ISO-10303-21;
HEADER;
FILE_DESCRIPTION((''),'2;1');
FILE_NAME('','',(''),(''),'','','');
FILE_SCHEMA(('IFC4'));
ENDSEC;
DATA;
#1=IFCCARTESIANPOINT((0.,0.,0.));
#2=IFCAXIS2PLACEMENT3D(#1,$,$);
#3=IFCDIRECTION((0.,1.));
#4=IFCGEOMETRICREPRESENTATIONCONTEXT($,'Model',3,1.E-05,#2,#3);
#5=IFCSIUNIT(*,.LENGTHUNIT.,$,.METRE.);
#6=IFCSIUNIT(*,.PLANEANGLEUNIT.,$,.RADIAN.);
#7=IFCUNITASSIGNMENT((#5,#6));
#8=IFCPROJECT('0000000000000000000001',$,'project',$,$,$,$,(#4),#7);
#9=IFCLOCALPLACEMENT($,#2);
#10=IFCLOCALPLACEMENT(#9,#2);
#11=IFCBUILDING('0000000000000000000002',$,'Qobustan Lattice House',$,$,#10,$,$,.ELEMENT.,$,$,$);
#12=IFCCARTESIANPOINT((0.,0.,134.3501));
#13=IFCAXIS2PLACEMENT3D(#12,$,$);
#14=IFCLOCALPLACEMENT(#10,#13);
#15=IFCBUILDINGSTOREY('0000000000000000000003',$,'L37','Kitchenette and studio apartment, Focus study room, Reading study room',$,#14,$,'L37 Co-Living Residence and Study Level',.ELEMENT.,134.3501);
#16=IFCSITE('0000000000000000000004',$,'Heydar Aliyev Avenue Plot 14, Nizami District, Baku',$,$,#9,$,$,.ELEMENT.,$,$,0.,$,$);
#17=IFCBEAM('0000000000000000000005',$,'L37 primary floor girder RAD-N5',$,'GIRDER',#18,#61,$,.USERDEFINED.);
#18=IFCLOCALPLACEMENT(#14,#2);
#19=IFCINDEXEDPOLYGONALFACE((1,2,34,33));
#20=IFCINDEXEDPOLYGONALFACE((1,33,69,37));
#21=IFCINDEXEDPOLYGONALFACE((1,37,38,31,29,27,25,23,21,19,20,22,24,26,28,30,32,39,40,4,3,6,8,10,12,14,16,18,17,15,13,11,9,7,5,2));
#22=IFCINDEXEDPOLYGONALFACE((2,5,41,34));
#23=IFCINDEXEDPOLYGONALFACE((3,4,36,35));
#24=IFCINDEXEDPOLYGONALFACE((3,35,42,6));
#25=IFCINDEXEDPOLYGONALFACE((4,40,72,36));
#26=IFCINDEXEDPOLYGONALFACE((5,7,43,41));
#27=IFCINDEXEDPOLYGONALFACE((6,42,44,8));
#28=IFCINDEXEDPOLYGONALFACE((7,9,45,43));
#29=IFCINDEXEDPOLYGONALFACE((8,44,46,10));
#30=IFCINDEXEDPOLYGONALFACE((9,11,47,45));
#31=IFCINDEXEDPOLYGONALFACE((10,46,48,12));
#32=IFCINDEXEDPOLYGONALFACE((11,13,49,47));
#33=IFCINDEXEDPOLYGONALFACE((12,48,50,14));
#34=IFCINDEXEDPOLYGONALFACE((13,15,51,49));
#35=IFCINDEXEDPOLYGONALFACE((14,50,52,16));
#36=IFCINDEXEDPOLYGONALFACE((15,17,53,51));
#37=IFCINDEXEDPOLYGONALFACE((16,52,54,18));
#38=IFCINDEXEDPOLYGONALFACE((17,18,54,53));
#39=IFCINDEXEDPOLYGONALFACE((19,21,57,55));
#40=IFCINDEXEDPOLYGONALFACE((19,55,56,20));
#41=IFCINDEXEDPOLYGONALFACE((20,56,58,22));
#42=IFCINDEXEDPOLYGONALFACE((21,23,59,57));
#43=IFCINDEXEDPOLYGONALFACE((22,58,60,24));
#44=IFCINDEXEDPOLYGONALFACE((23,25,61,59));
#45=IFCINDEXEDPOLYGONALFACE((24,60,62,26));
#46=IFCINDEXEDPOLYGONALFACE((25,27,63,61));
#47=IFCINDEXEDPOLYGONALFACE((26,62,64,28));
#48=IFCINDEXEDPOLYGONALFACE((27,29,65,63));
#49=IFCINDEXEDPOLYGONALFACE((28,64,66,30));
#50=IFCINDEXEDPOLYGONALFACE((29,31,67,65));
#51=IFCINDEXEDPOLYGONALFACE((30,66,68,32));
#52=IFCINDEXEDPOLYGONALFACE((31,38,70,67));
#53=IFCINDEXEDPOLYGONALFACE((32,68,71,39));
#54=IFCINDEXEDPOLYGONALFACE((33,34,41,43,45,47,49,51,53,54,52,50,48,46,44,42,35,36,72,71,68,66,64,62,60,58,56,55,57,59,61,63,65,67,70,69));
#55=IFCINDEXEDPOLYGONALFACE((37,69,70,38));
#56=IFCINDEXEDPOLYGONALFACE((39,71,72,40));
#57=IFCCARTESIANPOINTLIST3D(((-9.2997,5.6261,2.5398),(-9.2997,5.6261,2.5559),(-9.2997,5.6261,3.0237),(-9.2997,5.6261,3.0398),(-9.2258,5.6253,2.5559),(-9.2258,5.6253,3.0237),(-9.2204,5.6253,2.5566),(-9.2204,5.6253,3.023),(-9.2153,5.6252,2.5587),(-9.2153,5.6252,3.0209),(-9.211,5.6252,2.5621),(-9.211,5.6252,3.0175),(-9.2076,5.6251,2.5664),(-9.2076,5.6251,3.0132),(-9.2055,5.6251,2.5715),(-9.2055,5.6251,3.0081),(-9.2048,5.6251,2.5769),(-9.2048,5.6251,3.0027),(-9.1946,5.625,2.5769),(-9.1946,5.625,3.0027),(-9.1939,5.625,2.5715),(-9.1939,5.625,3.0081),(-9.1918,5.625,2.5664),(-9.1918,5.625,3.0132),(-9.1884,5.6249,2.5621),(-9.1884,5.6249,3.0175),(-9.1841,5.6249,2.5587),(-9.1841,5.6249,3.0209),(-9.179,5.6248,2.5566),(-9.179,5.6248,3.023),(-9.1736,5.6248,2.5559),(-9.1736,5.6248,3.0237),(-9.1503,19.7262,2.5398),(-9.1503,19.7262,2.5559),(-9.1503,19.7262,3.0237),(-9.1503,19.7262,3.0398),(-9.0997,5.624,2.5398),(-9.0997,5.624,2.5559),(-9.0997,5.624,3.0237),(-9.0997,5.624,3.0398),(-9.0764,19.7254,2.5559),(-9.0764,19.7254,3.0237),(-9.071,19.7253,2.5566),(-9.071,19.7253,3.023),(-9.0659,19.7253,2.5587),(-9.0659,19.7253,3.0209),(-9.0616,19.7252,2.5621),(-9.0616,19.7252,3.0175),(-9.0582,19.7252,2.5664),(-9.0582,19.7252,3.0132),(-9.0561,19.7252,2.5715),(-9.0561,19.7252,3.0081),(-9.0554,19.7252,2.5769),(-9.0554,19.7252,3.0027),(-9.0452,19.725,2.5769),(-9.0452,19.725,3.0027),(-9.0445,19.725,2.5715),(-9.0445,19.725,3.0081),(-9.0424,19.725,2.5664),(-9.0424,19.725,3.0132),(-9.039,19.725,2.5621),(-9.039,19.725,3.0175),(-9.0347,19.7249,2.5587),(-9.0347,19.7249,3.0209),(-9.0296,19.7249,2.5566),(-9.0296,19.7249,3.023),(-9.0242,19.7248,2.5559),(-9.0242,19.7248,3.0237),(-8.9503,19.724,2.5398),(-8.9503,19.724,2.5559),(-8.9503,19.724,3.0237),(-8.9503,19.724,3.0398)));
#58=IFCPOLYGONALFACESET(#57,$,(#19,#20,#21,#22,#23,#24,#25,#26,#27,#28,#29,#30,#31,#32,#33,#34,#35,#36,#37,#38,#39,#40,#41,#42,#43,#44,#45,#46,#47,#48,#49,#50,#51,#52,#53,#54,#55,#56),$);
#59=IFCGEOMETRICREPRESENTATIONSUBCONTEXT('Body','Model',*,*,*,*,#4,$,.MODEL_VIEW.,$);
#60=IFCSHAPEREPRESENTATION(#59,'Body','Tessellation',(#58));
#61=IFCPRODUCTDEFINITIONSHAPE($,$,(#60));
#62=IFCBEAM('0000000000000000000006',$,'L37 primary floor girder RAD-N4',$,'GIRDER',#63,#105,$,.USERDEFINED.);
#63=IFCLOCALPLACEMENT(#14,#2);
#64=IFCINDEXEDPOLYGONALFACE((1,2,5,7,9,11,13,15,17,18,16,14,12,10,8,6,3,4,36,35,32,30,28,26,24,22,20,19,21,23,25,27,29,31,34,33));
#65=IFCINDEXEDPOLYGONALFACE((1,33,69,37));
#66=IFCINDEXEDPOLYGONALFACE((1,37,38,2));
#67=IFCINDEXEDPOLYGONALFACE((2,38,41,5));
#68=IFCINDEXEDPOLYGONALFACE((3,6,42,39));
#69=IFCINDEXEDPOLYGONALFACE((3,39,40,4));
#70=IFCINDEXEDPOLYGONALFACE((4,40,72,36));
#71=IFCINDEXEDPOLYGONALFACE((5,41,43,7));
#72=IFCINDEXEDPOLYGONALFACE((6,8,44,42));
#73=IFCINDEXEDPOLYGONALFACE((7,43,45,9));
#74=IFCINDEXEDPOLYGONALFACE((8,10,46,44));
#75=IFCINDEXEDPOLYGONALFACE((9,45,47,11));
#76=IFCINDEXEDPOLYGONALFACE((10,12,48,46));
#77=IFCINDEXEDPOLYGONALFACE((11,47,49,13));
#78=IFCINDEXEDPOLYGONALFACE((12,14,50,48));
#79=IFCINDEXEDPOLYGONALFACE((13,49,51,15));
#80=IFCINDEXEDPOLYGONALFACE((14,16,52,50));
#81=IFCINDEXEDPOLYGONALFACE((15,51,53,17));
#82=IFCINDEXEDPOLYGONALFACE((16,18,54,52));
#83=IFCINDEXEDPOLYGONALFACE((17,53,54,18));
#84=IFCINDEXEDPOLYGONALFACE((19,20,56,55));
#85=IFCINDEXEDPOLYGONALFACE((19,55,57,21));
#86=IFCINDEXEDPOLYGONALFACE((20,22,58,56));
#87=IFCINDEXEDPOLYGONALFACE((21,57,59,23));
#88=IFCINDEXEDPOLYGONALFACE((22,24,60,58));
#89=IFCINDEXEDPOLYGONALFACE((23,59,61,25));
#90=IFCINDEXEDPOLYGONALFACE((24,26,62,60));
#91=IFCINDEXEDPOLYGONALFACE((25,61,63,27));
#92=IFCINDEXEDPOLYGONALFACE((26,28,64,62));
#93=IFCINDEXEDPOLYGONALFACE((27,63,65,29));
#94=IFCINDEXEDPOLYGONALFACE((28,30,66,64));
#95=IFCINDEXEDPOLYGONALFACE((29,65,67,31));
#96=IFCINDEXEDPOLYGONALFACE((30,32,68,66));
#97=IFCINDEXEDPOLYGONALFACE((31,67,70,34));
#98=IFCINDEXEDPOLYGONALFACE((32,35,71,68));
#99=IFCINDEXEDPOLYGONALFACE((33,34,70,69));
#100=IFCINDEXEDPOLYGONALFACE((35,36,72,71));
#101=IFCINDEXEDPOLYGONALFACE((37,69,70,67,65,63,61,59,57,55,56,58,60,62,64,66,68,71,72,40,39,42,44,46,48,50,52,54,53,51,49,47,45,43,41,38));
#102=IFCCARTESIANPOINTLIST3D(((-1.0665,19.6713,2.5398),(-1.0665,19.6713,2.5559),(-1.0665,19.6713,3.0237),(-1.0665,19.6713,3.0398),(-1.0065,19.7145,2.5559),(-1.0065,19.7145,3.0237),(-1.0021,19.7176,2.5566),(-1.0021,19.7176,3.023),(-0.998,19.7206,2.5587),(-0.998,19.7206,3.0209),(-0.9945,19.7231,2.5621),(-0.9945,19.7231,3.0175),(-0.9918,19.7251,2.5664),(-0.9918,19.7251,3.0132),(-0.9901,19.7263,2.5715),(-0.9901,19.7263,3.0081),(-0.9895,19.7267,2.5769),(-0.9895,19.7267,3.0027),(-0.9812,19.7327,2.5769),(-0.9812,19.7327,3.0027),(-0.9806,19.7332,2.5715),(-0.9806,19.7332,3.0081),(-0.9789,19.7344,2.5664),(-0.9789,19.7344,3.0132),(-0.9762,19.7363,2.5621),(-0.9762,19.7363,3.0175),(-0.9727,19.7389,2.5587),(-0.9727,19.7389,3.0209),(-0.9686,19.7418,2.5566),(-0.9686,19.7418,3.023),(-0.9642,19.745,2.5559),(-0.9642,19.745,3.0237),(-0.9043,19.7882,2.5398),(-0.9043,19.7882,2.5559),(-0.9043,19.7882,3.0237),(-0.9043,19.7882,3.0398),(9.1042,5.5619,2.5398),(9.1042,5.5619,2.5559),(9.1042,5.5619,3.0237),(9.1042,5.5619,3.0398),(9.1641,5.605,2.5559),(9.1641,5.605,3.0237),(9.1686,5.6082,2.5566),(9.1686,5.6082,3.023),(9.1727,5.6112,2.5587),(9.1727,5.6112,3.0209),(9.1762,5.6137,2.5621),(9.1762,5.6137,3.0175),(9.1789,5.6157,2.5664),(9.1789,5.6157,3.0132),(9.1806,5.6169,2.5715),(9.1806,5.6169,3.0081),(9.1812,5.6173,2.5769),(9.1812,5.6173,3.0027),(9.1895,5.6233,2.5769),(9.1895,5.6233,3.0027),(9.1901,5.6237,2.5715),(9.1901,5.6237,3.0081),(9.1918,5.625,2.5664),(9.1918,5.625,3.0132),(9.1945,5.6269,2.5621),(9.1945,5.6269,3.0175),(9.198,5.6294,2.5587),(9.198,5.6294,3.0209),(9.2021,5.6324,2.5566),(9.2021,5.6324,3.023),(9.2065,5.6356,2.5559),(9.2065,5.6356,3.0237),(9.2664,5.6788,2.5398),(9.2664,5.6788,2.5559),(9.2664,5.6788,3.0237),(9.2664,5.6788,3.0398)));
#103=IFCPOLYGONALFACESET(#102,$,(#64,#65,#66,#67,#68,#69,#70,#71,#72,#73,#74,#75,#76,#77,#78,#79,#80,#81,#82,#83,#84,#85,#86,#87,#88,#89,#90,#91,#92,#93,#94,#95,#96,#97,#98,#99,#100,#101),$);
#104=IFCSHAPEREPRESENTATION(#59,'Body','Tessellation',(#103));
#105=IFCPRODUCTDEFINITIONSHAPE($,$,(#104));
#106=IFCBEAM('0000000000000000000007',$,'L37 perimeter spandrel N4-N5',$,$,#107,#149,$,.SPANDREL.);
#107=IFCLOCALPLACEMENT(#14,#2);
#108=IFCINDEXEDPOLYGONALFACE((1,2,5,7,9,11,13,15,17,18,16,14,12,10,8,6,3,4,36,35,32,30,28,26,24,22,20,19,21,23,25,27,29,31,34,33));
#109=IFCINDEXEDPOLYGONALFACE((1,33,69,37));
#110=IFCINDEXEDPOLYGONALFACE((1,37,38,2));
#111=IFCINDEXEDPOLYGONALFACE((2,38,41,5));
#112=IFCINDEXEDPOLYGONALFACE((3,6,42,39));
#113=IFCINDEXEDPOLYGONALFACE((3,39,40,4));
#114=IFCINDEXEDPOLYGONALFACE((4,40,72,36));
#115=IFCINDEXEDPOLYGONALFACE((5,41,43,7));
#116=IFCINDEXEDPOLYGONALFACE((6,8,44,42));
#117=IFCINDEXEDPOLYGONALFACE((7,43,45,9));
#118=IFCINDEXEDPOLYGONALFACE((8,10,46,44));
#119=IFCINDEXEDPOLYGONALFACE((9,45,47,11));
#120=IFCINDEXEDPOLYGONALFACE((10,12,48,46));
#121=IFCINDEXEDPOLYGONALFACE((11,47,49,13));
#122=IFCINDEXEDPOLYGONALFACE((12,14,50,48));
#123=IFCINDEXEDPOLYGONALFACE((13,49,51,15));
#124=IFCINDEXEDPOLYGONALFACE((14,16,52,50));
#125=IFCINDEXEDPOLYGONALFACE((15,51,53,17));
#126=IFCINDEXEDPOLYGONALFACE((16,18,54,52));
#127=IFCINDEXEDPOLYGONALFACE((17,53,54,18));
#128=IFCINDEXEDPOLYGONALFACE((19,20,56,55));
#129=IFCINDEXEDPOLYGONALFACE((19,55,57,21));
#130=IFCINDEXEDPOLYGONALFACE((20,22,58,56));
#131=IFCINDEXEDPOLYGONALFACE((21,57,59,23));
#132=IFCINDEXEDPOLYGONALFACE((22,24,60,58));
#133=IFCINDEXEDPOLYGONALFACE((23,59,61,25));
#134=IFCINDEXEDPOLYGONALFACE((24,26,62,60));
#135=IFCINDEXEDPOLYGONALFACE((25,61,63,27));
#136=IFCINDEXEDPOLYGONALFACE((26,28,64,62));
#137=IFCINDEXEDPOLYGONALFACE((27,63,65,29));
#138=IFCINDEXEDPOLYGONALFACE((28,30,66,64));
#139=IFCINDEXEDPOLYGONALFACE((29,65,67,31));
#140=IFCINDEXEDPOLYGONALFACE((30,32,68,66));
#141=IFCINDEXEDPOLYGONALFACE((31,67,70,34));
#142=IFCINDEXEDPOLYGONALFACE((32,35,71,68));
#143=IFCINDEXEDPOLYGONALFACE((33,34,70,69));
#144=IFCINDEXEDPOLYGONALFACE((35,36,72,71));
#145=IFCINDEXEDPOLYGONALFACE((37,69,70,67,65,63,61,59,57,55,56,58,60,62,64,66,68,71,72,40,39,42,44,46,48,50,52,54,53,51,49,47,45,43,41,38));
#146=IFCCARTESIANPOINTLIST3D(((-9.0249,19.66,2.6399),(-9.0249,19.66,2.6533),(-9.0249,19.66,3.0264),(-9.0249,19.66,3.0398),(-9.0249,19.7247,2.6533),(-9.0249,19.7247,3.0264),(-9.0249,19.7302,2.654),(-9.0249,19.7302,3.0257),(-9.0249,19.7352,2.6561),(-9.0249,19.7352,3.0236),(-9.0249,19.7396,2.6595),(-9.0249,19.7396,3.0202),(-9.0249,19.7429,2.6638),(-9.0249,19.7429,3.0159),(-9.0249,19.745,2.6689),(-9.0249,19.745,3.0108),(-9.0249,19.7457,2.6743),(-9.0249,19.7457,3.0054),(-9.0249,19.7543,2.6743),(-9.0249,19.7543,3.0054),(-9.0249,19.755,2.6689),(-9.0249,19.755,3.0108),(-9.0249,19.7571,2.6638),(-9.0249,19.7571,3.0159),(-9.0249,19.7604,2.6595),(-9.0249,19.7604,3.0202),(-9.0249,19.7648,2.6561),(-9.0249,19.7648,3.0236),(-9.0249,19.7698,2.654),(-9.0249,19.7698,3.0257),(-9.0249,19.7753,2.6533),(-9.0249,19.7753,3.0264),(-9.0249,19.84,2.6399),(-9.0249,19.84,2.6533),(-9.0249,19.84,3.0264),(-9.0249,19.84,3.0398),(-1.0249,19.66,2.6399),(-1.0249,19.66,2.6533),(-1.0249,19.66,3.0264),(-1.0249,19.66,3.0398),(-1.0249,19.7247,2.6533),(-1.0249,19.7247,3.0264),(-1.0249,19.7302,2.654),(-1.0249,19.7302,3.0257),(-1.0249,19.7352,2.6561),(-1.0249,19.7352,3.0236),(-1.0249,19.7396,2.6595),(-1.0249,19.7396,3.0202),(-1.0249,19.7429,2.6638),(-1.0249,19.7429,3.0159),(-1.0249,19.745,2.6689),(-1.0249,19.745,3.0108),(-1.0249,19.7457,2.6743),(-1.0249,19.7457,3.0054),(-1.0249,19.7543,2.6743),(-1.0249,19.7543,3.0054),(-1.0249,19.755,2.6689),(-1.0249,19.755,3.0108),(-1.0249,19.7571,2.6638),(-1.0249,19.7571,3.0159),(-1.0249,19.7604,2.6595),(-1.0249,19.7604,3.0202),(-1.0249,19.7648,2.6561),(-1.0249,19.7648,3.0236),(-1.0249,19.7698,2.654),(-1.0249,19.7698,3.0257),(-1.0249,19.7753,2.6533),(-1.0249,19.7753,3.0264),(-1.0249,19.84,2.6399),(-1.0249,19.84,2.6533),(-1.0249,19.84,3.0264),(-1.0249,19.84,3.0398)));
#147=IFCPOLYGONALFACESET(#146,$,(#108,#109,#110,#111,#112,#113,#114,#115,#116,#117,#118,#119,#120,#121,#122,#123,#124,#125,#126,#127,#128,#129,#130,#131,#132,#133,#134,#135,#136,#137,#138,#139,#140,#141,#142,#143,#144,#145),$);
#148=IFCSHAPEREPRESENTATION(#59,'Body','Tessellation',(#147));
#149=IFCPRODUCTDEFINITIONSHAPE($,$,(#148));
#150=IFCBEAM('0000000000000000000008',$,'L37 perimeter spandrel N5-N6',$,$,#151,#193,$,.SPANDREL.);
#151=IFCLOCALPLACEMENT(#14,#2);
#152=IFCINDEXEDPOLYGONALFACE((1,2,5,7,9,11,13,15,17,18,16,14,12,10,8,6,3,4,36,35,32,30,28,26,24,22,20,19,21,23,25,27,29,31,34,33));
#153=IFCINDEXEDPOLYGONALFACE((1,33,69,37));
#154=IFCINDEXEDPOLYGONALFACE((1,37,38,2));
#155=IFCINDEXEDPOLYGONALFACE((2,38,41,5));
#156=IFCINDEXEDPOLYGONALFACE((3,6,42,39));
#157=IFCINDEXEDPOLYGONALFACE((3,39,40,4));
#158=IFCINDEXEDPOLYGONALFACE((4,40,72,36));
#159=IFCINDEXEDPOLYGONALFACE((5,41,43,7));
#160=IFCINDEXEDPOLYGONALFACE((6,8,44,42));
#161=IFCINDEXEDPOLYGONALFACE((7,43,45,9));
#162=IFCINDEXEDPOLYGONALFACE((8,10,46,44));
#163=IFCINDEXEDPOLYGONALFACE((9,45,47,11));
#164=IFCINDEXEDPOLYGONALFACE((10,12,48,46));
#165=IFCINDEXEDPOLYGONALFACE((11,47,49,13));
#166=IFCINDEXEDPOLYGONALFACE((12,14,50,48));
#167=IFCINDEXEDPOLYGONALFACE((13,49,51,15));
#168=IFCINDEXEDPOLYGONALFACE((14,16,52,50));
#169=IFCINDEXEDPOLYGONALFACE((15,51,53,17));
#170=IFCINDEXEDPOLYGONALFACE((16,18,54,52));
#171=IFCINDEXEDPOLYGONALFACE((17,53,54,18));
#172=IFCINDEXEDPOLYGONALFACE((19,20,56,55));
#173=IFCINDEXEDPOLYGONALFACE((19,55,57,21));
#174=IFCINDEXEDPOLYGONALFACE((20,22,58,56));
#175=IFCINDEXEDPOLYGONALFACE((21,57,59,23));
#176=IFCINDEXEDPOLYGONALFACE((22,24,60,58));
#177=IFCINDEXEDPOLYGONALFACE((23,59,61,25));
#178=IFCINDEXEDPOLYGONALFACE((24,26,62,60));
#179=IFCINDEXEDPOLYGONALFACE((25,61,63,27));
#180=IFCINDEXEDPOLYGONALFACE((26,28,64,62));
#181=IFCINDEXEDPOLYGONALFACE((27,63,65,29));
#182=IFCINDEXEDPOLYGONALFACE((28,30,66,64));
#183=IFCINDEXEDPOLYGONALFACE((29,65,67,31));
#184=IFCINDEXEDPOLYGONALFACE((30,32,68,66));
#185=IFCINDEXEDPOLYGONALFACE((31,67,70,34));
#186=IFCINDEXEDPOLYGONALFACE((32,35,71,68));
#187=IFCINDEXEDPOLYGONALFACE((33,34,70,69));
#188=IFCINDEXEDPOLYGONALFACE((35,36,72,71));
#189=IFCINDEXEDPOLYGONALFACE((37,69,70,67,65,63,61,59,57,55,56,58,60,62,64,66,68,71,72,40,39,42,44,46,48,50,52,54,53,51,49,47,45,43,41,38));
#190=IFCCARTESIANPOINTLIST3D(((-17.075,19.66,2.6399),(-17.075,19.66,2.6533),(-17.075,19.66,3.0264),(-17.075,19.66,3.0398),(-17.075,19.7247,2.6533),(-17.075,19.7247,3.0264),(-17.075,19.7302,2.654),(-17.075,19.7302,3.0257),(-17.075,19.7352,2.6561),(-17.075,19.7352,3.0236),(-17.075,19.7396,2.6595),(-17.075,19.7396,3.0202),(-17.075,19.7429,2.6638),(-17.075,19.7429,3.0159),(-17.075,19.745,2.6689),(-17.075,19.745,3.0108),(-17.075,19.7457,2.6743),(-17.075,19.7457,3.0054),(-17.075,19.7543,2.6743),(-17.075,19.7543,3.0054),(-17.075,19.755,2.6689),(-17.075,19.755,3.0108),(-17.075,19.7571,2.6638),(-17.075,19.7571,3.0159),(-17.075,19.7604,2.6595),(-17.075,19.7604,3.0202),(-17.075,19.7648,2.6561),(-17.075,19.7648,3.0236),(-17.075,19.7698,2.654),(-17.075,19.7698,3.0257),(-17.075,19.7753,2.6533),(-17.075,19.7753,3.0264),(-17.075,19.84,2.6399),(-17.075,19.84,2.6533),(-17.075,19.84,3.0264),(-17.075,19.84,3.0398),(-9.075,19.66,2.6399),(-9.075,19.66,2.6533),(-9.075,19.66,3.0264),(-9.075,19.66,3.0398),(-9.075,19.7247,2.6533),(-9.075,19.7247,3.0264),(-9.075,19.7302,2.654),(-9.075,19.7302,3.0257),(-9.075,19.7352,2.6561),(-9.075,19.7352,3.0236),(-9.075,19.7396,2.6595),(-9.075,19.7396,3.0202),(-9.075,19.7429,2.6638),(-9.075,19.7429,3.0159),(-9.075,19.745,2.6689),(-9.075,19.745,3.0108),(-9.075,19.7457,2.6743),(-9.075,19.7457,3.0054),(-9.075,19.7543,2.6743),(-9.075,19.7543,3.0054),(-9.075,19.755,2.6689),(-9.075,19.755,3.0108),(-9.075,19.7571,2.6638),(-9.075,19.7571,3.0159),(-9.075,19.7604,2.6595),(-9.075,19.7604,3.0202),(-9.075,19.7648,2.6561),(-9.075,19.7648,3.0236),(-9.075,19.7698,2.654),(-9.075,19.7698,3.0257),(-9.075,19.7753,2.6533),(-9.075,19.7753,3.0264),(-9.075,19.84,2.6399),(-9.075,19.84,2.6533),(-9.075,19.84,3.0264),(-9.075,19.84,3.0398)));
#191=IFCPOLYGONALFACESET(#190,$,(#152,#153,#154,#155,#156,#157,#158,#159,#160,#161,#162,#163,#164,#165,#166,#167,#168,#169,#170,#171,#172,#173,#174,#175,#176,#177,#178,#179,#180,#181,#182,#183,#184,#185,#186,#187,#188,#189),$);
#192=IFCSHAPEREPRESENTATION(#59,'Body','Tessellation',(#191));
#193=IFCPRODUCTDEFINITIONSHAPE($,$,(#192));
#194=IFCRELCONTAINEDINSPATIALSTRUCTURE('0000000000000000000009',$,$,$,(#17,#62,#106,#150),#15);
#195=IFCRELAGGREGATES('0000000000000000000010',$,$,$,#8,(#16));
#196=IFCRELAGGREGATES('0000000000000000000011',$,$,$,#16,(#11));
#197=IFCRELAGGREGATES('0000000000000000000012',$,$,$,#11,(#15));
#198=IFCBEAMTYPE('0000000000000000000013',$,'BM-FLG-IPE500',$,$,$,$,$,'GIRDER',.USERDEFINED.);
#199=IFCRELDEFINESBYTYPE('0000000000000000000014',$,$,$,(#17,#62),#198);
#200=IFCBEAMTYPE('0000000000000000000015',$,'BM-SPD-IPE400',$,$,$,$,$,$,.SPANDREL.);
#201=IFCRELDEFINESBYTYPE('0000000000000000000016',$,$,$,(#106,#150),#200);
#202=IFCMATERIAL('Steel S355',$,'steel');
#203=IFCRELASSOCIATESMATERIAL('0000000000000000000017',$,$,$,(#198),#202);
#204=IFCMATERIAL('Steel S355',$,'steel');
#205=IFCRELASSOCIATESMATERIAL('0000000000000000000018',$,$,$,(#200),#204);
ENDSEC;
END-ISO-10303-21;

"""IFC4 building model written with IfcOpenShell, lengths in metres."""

from ifc_helpers import new_model, si_unit, direction, frame, origin, origin_2d, place, context, subcontext, project, spatial, i_section, extrude, material, material_profile, profile_set, type_object, element, save


model = new_model("IFC4")

# Units and contexts
model_context = context("Model", 3, precision=1e-05, world=origin(), true_north=direction((0.0, 1.0)))
body_context = subcontext(model_context, "Body", "Model", "MODEL_VIEW")
ifc_project = project(units=[si_unit("LENGTHUNIT", "METRE"), si_unit("PLANEANGLEUNIT", "RADIAN")], contexts=[model_context])

# Site, building, storey
site_placement = place(None, origin())
site = spatial("IfcSite", under=ifc_project, at=site_placement, Name="Heydar Aliyev Avenue Plot 14, Nizami District, Baku", CompositionType="ELEMENT", RefElevation=0.0)
building_placement = place(site_placement, origin())
building = spatial("IfcBuilding", under=site, at=building_placement, Name="Qobustan Lattice House", CompositionType="ELEMENT")
storey_placement = place(building_placement, frame((0.0, 0.0, 134.3501)))
storey = spatial("IfcBuildingStorey", under=building, at=storey_placement, Name="L37", Description="Kitchenette and studio apartment, Focus study room, Reading study room", LongName="L37 Co-Living Residence and Study Level", CompositionType="ELEMENT", Elevation=134.3501)

# Beams
ifc_material_1 = material(Name="Steel S355", Category="steel")
ifc_material_profile_1 = material_profile(ifc_material_1, i_section(OverallWidth=0.2, OverallDepth=0.5, WebThickness=0.0103, FlangeThickness=0.0161, FilletRadius=0.021, at=origin_2d()), Name="IPE500")
ifc_profile_set_1 = profile_set([ifc_material_profile_1], Name="Steel S355")
beam_type_1 = type_object("IfcBeamType", Name="BM-FLG-IPE500", ElementType="GIRDER", PredefinedType="USERDEFINED", material=ifc_profile_set_1)
beam_1_placement = place(storey_placement, frame((-9.0503, 19.7251, 2.7898), z_axis=(-0.010596, -0.999944, 0.0), x_axis=(0.999944, -0.010596, 0.0)))
element("IfcBeam", 1, at=beam_1_placement, inside=storey, type_object=beam_type_1, Name="L37 primary floor girder RAD-N5", ObjectType="GIRDER", PredefinedType="USERDEFINED", context=body_context, shape_type="SweptSolid", body=[
    extrude(i_section(OverallWidth=0.2, OverallDepth=0.5, WebThickness=0.0103, FlangeThickness=0.0161, FilletRadius=0.021, at=origin_2d()), origin(), (0.0, 0.0, 1.0), 14.1008),
])
beam_2_placement = place(storey_placement, frame((-0.9854, 19.7297, 2.7898), z_axis=(0.584755, -0.81121, 0.0), x_axis=(0.81121, 0.584755, 0.0)))
element("IfcBeam", 2, at=beam_2_placement, inside=storey, type_object=beam_type_1, Name="L37 primary floor girder RAD-N4", ObjectType="GIRDER", PredefinedType="USERDEFINED", context=body_context, shape_type="SweptSolid", body=[
    extrude(i_section(OverallWidth=0.2, OverallDepth=0.5, WebThickness=0.0103, FlangeThickness=0.0161, FilletRadius=0.021, at=origin_2d()), origin(), (0.0, 0.0, 1.0), 17.3931),
])
ifc_material_2 = material(Name="Steel S355", Category="steel")
ifc_material_profile_2 = material_profile(ifc_material_2, i_section(OverallWidth=0.1799, OverallDepth=0.3999, WebThickness=0.0085, FlangeThickness=0.0134, FilletRadius=0.021, at=origin_2d()), Name="IPE400")
ifc_profile_set_2 = profile_set([ifc_material_profile_2], Name="Steel S355")
beam_type_2 = type_object("IfcBeamType", Name="BM-SPD-IPE400", PredefinedType="SPANDREL", material=ifc_profile_set_2)
for number, where, z_axis, x_axis, name in (
    (3, (-1.0249, 19.75, 2.8398), (-1.0, 0.0, 0.0), (0.0, -1.0, 0.0), "L37 perimeter spandrel N4-N5"),
    (4, (-9.075, 19.75, 2.8398), (-1.0, 0.0, 0.0), (0.0, -1.0, 0.0), "L37 perimeter spandrel N5-N6"),
):
    element("IfcBeam", number, at=place(storey_placement, frame(where, z_axis=z_axis, x_axis=x_axis)), inside=storey, type_object=beam_type_2, Name=name, PredefinedType="SPANDREL", context=body_context, shape_type="SweptSolid", body=[
        extrude(i_section(OverallWidth=0.1799, OverallDepth=0.3999, WebThickness=0.0085, FlangeThickness=0.0134, FilletRadius=0.021, at=origin_2d()), origin(), (0.0, 0.0, 1.0), 8.0),
    ])

save(model, "model.ifc")
